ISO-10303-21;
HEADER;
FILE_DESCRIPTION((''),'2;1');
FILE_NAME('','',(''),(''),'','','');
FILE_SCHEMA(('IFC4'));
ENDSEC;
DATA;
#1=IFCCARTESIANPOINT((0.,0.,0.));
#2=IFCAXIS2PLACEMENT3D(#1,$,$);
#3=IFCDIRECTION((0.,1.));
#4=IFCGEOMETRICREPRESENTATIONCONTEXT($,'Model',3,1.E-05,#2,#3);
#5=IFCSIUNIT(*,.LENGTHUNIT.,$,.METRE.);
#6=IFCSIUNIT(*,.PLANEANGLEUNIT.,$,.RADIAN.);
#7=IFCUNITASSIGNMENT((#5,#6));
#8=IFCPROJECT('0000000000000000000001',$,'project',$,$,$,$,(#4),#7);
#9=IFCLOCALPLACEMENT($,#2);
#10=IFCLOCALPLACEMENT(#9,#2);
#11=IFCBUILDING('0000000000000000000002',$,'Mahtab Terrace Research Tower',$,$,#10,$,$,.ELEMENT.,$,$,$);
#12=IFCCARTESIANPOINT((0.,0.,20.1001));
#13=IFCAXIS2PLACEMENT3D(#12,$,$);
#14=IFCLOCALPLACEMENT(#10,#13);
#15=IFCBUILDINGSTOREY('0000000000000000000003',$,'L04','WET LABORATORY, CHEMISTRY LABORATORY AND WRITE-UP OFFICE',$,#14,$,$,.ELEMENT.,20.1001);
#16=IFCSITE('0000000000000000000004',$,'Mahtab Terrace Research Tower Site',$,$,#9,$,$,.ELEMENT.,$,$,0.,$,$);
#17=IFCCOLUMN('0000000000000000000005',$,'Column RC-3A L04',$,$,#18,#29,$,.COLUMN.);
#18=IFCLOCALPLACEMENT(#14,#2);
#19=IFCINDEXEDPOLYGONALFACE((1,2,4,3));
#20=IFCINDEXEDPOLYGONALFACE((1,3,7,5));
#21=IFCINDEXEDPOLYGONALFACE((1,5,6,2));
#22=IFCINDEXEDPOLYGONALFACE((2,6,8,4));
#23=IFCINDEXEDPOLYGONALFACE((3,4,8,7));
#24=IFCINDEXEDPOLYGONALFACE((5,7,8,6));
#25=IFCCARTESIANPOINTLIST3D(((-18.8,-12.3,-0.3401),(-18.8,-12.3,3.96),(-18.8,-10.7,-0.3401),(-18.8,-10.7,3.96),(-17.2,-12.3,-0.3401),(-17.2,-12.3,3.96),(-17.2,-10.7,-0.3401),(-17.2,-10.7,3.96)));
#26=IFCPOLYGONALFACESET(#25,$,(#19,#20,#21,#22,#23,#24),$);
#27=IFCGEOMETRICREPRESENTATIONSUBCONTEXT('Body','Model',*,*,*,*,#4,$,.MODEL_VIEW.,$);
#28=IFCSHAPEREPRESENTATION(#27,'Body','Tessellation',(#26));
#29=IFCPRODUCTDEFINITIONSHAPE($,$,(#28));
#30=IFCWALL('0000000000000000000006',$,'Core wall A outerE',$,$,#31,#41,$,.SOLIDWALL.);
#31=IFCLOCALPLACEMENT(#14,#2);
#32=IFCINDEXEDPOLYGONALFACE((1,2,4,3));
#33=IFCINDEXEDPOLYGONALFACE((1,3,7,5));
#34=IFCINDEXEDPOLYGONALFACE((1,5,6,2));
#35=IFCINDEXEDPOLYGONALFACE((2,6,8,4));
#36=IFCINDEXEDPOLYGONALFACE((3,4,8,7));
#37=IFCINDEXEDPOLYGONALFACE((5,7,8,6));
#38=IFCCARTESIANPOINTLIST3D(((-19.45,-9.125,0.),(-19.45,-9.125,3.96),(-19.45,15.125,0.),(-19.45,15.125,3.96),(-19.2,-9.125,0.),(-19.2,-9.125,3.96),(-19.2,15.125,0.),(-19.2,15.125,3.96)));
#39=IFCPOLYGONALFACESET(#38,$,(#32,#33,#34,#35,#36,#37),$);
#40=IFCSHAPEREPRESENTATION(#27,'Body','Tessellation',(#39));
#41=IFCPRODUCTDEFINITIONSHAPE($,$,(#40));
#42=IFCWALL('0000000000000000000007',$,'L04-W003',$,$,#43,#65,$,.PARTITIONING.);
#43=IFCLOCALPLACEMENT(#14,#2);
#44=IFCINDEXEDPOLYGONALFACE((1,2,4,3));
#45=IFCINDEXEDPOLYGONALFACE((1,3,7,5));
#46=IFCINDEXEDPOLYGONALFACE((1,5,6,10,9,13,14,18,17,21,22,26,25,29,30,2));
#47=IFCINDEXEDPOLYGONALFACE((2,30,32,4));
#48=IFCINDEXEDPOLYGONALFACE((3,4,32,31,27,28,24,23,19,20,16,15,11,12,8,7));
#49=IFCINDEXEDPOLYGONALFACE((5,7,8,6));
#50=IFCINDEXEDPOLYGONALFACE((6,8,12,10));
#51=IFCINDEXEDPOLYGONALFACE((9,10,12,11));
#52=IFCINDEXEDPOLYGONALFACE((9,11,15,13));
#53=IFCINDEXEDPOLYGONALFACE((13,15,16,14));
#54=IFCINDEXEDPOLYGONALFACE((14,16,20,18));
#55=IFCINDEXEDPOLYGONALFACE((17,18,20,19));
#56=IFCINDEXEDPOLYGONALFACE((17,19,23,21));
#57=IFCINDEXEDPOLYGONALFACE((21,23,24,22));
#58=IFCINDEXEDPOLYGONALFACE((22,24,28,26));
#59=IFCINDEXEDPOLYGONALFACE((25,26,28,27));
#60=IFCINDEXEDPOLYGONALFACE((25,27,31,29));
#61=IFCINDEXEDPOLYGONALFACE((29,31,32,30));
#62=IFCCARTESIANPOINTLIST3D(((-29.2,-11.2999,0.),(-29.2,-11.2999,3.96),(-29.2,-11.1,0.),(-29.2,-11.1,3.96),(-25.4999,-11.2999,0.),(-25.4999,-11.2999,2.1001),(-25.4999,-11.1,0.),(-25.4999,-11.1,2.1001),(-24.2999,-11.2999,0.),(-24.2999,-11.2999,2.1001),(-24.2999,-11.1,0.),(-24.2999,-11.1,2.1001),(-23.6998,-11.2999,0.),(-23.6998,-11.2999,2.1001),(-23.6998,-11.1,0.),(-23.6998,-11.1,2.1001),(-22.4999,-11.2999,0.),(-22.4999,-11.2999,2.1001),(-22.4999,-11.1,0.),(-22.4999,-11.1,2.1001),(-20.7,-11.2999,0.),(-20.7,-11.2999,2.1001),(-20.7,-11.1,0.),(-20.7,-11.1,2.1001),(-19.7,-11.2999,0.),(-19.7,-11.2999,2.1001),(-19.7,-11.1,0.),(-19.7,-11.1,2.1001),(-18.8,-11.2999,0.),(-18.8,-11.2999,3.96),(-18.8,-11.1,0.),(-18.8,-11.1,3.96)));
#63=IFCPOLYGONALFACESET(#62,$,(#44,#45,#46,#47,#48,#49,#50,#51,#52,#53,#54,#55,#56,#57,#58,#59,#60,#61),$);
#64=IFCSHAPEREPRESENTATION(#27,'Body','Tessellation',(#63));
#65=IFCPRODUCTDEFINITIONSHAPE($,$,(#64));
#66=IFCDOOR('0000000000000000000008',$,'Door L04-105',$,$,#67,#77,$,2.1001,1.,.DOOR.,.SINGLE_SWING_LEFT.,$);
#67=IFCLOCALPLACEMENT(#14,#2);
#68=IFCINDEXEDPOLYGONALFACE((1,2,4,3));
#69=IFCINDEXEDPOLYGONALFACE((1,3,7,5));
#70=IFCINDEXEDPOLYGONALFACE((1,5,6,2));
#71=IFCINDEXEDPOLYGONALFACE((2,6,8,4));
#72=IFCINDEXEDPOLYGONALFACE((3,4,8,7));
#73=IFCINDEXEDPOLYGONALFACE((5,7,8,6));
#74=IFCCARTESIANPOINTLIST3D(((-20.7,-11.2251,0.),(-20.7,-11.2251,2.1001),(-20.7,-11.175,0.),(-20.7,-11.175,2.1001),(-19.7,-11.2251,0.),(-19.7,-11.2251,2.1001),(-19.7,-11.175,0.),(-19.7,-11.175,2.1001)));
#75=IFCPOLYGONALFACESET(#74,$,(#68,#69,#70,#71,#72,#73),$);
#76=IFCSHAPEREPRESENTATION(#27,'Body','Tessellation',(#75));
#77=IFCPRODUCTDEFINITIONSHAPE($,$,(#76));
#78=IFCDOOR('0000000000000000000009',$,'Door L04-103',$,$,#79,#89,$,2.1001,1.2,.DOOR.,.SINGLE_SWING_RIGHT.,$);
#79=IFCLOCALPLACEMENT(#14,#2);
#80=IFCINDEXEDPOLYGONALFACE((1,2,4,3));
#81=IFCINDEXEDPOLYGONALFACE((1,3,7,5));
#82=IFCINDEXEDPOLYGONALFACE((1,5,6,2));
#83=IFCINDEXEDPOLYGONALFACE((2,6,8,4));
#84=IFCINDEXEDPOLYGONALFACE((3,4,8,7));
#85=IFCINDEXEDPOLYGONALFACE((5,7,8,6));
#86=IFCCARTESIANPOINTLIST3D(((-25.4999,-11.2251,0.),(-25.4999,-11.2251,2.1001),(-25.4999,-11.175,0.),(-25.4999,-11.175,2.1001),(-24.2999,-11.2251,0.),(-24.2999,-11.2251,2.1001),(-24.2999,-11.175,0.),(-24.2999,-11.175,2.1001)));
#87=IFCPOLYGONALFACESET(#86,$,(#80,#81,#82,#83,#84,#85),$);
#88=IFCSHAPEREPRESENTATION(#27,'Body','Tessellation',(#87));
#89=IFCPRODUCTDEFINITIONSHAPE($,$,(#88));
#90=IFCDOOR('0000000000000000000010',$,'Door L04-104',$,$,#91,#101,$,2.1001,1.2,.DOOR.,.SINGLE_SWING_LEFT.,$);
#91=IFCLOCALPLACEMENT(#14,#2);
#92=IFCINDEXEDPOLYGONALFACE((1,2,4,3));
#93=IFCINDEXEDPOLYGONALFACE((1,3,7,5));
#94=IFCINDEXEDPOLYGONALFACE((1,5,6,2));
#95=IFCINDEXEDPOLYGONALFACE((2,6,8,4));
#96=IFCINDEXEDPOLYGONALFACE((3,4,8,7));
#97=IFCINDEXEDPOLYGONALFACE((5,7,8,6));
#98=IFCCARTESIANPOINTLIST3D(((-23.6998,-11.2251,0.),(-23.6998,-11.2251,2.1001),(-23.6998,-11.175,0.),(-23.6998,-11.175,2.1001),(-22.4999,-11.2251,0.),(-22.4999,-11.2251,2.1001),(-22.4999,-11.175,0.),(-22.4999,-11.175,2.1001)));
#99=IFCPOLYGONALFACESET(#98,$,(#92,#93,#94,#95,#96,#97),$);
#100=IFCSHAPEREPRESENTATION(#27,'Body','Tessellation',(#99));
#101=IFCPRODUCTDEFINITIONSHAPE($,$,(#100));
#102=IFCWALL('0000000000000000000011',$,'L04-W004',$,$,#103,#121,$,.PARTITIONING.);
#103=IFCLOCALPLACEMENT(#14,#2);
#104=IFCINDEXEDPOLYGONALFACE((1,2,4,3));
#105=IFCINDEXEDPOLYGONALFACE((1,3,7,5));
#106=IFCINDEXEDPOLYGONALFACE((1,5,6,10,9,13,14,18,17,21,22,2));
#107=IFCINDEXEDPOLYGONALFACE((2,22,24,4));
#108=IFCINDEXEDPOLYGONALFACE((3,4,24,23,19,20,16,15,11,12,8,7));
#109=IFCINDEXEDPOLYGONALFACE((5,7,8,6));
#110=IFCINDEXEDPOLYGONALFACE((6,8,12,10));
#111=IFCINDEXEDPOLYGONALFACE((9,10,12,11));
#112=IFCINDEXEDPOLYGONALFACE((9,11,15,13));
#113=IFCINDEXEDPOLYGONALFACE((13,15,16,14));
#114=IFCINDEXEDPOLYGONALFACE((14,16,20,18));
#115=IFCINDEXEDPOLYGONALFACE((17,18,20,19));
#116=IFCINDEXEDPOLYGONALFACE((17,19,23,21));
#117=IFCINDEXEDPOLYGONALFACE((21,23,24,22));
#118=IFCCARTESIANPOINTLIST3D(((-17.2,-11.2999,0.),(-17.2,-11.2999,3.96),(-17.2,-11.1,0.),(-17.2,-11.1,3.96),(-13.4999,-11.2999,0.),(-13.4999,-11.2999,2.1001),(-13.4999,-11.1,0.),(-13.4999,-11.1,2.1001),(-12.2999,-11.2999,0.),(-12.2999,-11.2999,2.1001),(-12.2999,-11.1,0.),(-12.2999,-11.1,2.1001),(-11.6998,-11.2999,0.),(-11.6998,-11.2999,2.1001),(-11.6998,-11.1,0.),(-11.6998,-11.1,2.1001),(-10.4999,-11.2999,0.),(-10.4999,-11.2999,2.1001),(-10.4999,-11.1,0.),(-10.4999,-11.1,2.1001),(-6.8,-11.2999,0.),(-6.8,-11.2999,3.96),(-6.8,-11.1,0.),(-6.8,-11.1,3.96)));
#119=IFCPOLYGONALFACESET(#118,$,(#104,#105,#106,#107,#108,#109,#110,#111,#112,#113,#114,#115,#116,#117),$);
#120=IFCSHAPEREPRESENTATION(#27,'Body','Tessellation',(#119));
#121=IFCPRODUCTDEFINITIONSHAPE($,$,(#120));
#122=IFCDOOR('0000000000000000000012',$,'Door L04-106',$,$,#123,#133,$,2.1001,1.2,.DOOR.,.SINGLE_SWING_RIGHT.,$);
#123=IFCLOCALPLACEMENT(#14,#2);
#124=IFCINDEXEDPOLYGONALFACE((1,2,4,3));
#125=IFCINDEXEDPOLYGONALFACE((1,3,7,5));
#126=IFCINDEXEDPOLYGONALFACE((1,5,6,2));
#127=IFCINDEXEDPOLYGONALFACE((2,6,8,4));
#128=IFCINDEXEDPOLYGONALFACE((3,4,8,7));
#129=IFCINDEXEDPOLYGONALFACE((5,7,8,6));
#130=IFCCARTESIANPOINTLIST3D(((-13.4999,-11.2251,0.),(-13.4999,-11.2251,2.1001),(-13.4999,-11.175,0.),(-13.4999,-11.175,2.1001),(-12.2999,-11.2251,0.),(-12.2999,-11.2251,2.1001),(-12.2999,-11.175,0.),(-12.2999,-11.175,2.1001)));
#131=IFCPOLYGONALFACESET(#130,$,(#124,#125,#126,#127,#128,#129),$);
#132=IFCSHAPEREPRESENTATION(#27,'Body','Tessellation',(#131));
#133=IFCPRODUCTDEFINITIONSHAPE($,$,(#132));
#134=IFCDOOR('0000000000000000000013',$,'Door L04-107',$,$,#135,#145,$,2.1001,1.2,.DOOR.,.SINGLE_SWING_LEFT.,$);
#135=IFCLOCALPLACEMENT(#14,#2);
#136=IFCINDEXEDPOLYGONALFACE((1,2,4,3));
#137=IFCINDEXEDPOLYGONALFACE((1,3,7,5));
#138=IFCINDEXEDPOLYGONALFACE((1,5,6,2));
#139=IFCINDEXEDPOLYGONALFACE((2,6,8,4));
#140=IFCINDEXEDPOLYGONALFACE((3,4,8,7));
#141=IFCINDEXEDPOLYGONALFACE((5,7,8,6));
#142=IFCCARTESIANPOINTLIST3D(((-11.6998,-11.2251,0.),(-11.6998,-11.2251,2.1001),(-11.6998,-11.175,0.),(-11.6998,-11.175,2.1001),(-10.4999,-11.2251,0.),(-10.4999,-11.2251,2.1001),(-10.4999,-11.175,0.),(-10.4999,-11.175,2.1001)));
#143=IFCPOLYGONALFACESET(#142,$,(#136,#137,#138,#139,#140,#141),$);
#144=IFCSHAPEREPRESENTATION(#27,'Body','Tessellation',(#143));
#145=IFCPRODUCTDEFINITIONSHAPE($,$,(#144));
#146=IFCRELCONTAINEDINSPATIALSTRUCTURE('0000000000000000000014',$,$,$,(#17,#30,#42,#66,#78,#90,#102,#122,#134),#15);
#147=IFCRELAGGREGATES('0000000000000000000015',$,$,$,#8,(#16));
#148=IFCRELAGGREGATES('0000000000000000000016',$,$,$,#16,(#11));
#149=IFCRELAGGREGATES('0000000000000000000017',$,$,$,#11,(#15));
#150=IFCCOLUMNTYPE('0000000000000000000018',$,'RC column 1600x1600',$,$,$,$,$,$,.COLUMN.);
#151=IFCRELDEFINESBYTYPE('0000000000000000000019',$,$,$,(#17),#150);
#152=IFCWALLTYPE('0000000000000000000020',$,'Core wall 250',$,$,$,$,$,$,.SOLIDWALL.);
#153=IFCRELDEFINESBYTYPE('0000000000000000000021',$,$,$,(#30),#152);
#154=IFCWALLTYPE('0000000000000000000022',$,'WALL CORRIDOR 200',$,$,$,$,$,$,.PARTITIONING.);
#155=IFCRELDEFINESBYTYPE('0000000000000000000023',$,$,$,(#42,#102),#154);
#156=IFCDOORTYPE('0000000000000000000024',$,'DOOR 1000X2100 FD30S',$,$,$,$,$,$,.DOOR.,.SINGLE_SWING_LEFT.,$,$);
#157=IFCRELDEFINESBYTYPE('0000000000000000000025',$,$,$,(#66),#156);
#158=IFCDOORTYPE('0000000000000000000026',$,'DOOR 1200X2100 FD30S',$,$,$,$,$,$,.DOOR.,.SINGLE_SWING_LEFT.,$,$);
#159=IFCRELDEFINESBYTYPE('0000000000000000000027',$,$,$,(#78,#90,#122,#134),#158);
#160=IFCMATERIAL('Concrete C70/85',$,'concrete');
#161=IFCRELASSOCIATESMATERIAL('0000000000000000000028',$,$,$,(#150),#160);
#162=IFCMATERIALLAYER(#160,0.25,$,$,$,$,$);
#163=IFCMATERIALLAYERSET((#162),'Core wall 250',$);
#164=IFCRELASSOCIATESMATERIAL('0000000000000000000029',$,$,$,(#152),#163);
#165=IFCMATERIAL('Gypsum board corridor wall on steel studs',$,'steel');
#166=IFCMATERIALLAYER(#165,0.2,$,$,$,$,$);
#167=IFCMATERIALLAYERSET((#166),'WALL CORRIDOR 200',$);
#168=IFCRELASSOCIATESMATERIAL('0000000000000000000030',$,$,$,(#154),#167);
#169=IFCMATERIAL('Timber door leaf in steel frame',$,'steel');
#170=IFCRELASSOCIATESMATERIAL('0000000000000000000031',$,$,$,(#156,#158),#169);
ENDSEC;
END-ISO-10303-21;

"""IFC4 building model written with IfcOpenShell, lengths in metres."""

from ifc_helpers import new_model, si_unit, direction, frame, frame_2d, origin, origin_2d, place, context, subcontext, project, spatial, rectangle, extrude, material, layer, layer_set, material_profile, profile_set, type_object, element, fill, save


model = new_model("IFC4")

# Units and contexts
model_context = context("Model", 3, precision=1e-05, world=origin(), true_north=direction((0.0, 1.0)))
body_context = subcontext(model_context, "Body", "Model", "MODEL_VIEW")
ifc_project = project(units=[si_unit("LENGTHUNIT", "METRE"), si_unit("PLANEANGLEUNIT", "RADIAN")], contexts=[model_context])

# Site, building, storey
site_placement = place(None, origin())
site = spatial("IfcSite", under=ifc_project, at=site_placement, Name="Mahtab Terrace Research Tower Site", CompositionType="ELEMENT", RefElevation=0.0)
building_placement = place(site_placement, origin())
building = spatial("IfcBuilding", under=site, at=building_placement, Name="Mahtab Terrace Research Tower", CompositionType="ELEMENT")
storey_placement = place(building_placement, frame((0.0, 0.0, 20.1001)))
storey = spatial("IfcBuildingStorey", under=building, at=storey_placement, Name="L04", Description="WET LABORATORY, CHEMISTRY LABORATORY AND WRITE-UP OFFICE", CompositionType="ELEMENT", Elevation=20.1001)

# Column
ifc_material_1 = material(Name="Concrete C70/85", Category="concrete")
ifc_material_profile = material_profile(ifc_material_1, rectangle(XDim=1.6001, YDim=1.6001, at=origin_2d()), Name="RC column 1600x1600")
ifc_profile_set = profile_set([ifc_material_profile], Name="Concrete C70/85")
column_type = type_object("IfcColumnType", Name="RC column 1600x1600", PredefinedType="COLUMN", material=ifc_profile_set)
column_placement = place(storey_placement, frame((-18.0, -11.5, -0.3401), z_axis=(0.0, 0.0, 1.0), x_axis=(1.0, 0.0, 0.0)))
element("IfcColumn", 1, at=column_placement, inside=storey, type_object=column_type, Name="Column RC-3A L04", PredefinedType="COLUMN", context=body_context, shape_type="SweptSolid", body=[
    extrude(rectangle(XDim=1.6001, YDim=1.6001, at=origin_2d()), origin(), (0.0, 0.0, 1.0), 4.3),
])

# Wall
ifc_layer_1 = layer(ifc_material_1, 0.25)
ifc_layer_set_1 = layer_set([ifc_layer_1], Name="Core wall 250")
wall_type_1 = type_object("IfcWallType", Name="Core wall 250", PredefinedType="SOLIDWALL", material=ifc_layer_set_1)
wall_1_placement = place(storey_placement, frame((-19.325, -9.125, 0.0), z_axis=(0.0, 0.0, 1.0), x_axis=(0.0, 1.0, 0.0)))
element("IfcWall", 2, at=wall_1_placement, inside=storey, type_object=wall_type_1, Name="Core wall A outerE", PredefinedType="SOLIDWALL", context=body_context, shape_type="SweptSolid", body=[
    extrude(rectangle(XDim=24.25, YDim=0.25, at=frame_2d((12.125, 0.0))), origin(), (0.0, 0.0, 1.0), 3.96),
])

# Walls, openings, doors
ifc_material_2 = material(Name="Gypsum board corridor wall on steel studs", Category="steel")
ifc_layer_2 = layer(ifc_material_2, 0.2)
ifc_layer_set_2 = layer_set([ifc_layer_2], Name="WALL CORRIDOR 200")
wall_type_2 = type_object("IfcWallType", Name="WALL CORRIDOR 200", PredefinedType="PARTITIONING", material=ifc_layer_set_2)
wall_2_placement = place(storey_placement, frame((-29.2, -11.2, 0.0), z_axis=(0.0, 0.0, 1.0), x_axis=(1.0, 0.0, 0.0)))
wall_2 = element("IfcWall", 3, at=wall_2_placement, inside=storey, type_object=wall_type_2, Name="L04-W003", PredefinedType="PARTITIONING", context=body_context, shape_type="SweptSolid", body=[
    extrude(rectangle(XDim=10.3999, YDim=0.2, at=frame_2d((5.2, 0.0))), origin(), (0.0, 0.0, 1.0), 3.96),
])
opening_1_placement = place(wall_2_placement, frame((3.7, 0.0, 0.0)))
opening_1 = element("IfcOpeningElement", 4, at=opening_1_placement, cuts=wall_2, PredefinedType="OPENING", context=body_context, shape_type="SweptSolid", body=[
    extrude(rectangle(XDim=1.2, YDim=2.1001, at=frame_2d((0.6001, 1.05))), frame((0.0, 0.1099, 0.0), z_axis=(0.0, -1.0, 0.0), x_axis=(1.0, 0.0, 0.0)), (0.0, 0.0, 1.0), 0.22),
])
opening_2_placement = place(wall_2_placement, frame((5.5, 0.0, 0.0)))
opening_2 = element("IfcOpeningElement", 5, at=opening_2_placement, cuts=wall_2, PredefinedType="OPENING", context=body_context, shape_type="SweptSolid", body=[
    extrude(rectangle(XDim=1.2, YDim=2.1001, at=frame_2d((0.6001, 1.05))), frame((0.0, 0.1099, 0.0), z_axis=(0.0, -1.0, 0.0), x_axis=(1.0, 0.0, 0.0)), (0.0, 0.0, 1.0), 0.22),
])
opening_3_placement = place(wall_2_placement, frame((8.5, 0.0, 0.0)))
opening_3 = element("IfcOpeningElement", 6, at=opening_3_placement, cuts=wall_2, PredefinedType="OPENING", context=body_context, shape_type="SweptSolid", body=[
    extrude(rectangle(XDim=1.0, YDim=2.1001, at=frame_2d((0.5, 1.05))), frame((0.0, 0.1099, 0.0), z_axis=(0.0, -1.0, 0.0), x_axis=(1.0, 0.0, 0.0)), (0.0, 0.0, 1.0), 0.22),
])
ifc_material_3 = material(Name="Timber door leaf in steel frame", Category="steel")
door_type_1 = type_object("IfcDoorType", Name="DOOR 1000X2100 FD30S", OperationType="SINGLE_SWING_LEFT", PredefinedType="DOOR", material=ifc_material_3)
door_1_placement = place(opening_3_placement, origin())
door_1 = element("IfcDoor", 7, at=door_1_placement, inside=storey, type_object=door_type_1, Name="Door L04-105", OperationType="SINGLE_SWING_LEFT", OverallHeight=2.1001, OverallWidth=1.0, PredefinedType="DOOR", context=body_context, shape_type="SweptSolid", body=[
    extrude(rectangle(XDim=1.0, YDim=2.1001, at=frame_2d((0.5, 1.05))), frame((0.0, 0.0249, 0.0), z_axis=(0.0, -1.0, 0.0), x_axis=(1.0, 0.0, 0.0)), (0.0, 0.0, 1.0), 0.05),
])
fill(opening_3, door_1)
door_type_2 = type_object("IfcDoorType", Name="DOOR 1200X2100 FD30S", OperationType="SINGLE_SWING_LEFT", PredefinedType="DOOR", material=ifc_material_3)
door_2_placement = place(opening_1_placement, origin())
door_2 = element("IfcDoor", 8, at=door_2_placement, inside=storey, type_object=door_type_2, Name="Door L04-103", OperationType="SINGLE_SWING_RIGHT", OverallHeight=2.1001, OverallWidth=1.2, PredefinedType="DOOR", context=body_context, shape_type="SweptSolid", body=[
    extrude(rectangle(XDim=1.2, YDim=2.1001, at=frame_2d((0.6001, 1.05))), frame((0.0, 0.0249, 0.0), z_axis=(0.0, -1.0, 0.0), x_axis=(1.0, 0.0, 0.0)), (0.0, 0.0, 1.0), 0.05),
])
fill(opening_1, door_2)
door_3_placement = place(opening_2_placement, origin())
door_3 = element("IfcDoor", 9, at=door_3_placement, inside=storey, type_object=door_type_2, Name="Door L04-104", OperationType="SINGLE_SWING_LEFT", OverallHeight=2.1001, OverallWidth=1.2, PredefinedType="DOOR", context=body_context, shape_type="SweptSolid", body=[
    extrude(rectangle(XDim=1.2, YDim=2.1001, at=frame_2d((0.6001, 1.05))), frame((0.0, 0.0249, 0.0), z_axis=(0.0, -1.0, 0.0), x_axis=(1.0, 0.0, 0.0)), (0.0, 0.0, 1.0), 0.05),
])
fill(opening_2, door_3)
wall_3_placement = place(storey_placement, frame((-17.2, -11.2, 0.0), z_axis=(0.0, 0.0, 1.0), x_axis=(1.0, 0.0, 0.0)))
wall_3 = element("IfcWall", 10, at=wall_3_placement, inside=storey, type_object=wall_type_2, Name="L04-W004", PredefinedType="PARTITIONING", context=body_context, shape_type="SweptSolid", body=[
    extrude(rectangle(XDim=10.3999, YDim=0.2, at=frame_2d((5.2, 0.0))), origin(), (0.0, 0.0, 1.0), 3.96),
])
opening_4_placement = place(wall_3_placement, frame((3.7, 0.0, 0.0)))
opening_4 = element("IfcOpeningElement", 11, at=opening_4_placement, cuts=wall_3, PredefinedType="OPENING", context=body_context, shape_type="SweptSolid", body=[
    extrude(rectangle(XDim=1.2, YDim=2.1001, at=frame_2d((0.6001, 1.05))), frame((0.0, 0.1099, 0.0), z_axis=(0.0, -1.0, 0.0), x_axis=(1.0, 0.0, 0.0)), (0.0, 0.0, 1.0), 0.22),
])
opening_5_placement = place(wall_3_placement, frame((5.5, 0.0, 0.0)))
opening_5 = element("IfcOpeningElement", 12, at=opening_5_placement, cuts=wall_3, PredefinedType="OPENING", context=body_context, shape_type="SweptSolid", body=[
    extrude(rectangle(XDim=1.2, YDim=2.1001, at=frame_2d((0.6001, 1.05))), frame((0.0, 0.1099, 0.0), z_axis=(0.0, -1.0, 0.0), x_axis=(1.0, 0.0, 0.0)), (0.0, 0.0, 1.0), 0.22),
])
door_4_placement = place(opening_4_placement, origin())
door_4 = element("IfcDoor", 13, at=door_4_placement, inside=storey, type_object=door_type_2, Name="Door L04-106", OperationType="SINGLE_SWING_RIGHT", OverallHeight=2.1001, OverallWidth=1.2, PredefinedType="DOOR", context=body_context, shape_type="SweptSolid", body=[
    extrude(rectangle(XDim=1.2, YDim=2.1001, at=frame_2d((0.6001, 1.05))), frame((0.0, 0.0249, 0.0), z_axis=(0.0, -1.0, 0.0), x_axis=(1.0, 0.0, 0.0)), (0.0, 0.0, 1.0), 0.05),
])
fill(opening_4, door_4)
door_5_placement = place(opening_5_placement, origin())
door_5 = element("IfcDoor", 14, at=door_5_placement, inside=storey, type_object=door_type_2, Name="Door L04-107", OperationType="SINGLE_SWING_LEFT", OverallHeight=2.1001, OverallWidth=1.2, PredefinedType="DOOR", context=body_context, shape_type="SweptSolid", body=[
    extrude(rectangle(XDim=1.2, YDim=2.1001, at=frame_2d((0.6001, 1.05))), frame((0.0, 0.0249, 0.0), z_axis=(0.0, -1.0, 0.0), x_axis=(1.0, 0.0, 0.0)), (0.0, 0.0, 1.0), 0.05),
])
fill(opening_5, door_5)

save(model, "model.ifc")
